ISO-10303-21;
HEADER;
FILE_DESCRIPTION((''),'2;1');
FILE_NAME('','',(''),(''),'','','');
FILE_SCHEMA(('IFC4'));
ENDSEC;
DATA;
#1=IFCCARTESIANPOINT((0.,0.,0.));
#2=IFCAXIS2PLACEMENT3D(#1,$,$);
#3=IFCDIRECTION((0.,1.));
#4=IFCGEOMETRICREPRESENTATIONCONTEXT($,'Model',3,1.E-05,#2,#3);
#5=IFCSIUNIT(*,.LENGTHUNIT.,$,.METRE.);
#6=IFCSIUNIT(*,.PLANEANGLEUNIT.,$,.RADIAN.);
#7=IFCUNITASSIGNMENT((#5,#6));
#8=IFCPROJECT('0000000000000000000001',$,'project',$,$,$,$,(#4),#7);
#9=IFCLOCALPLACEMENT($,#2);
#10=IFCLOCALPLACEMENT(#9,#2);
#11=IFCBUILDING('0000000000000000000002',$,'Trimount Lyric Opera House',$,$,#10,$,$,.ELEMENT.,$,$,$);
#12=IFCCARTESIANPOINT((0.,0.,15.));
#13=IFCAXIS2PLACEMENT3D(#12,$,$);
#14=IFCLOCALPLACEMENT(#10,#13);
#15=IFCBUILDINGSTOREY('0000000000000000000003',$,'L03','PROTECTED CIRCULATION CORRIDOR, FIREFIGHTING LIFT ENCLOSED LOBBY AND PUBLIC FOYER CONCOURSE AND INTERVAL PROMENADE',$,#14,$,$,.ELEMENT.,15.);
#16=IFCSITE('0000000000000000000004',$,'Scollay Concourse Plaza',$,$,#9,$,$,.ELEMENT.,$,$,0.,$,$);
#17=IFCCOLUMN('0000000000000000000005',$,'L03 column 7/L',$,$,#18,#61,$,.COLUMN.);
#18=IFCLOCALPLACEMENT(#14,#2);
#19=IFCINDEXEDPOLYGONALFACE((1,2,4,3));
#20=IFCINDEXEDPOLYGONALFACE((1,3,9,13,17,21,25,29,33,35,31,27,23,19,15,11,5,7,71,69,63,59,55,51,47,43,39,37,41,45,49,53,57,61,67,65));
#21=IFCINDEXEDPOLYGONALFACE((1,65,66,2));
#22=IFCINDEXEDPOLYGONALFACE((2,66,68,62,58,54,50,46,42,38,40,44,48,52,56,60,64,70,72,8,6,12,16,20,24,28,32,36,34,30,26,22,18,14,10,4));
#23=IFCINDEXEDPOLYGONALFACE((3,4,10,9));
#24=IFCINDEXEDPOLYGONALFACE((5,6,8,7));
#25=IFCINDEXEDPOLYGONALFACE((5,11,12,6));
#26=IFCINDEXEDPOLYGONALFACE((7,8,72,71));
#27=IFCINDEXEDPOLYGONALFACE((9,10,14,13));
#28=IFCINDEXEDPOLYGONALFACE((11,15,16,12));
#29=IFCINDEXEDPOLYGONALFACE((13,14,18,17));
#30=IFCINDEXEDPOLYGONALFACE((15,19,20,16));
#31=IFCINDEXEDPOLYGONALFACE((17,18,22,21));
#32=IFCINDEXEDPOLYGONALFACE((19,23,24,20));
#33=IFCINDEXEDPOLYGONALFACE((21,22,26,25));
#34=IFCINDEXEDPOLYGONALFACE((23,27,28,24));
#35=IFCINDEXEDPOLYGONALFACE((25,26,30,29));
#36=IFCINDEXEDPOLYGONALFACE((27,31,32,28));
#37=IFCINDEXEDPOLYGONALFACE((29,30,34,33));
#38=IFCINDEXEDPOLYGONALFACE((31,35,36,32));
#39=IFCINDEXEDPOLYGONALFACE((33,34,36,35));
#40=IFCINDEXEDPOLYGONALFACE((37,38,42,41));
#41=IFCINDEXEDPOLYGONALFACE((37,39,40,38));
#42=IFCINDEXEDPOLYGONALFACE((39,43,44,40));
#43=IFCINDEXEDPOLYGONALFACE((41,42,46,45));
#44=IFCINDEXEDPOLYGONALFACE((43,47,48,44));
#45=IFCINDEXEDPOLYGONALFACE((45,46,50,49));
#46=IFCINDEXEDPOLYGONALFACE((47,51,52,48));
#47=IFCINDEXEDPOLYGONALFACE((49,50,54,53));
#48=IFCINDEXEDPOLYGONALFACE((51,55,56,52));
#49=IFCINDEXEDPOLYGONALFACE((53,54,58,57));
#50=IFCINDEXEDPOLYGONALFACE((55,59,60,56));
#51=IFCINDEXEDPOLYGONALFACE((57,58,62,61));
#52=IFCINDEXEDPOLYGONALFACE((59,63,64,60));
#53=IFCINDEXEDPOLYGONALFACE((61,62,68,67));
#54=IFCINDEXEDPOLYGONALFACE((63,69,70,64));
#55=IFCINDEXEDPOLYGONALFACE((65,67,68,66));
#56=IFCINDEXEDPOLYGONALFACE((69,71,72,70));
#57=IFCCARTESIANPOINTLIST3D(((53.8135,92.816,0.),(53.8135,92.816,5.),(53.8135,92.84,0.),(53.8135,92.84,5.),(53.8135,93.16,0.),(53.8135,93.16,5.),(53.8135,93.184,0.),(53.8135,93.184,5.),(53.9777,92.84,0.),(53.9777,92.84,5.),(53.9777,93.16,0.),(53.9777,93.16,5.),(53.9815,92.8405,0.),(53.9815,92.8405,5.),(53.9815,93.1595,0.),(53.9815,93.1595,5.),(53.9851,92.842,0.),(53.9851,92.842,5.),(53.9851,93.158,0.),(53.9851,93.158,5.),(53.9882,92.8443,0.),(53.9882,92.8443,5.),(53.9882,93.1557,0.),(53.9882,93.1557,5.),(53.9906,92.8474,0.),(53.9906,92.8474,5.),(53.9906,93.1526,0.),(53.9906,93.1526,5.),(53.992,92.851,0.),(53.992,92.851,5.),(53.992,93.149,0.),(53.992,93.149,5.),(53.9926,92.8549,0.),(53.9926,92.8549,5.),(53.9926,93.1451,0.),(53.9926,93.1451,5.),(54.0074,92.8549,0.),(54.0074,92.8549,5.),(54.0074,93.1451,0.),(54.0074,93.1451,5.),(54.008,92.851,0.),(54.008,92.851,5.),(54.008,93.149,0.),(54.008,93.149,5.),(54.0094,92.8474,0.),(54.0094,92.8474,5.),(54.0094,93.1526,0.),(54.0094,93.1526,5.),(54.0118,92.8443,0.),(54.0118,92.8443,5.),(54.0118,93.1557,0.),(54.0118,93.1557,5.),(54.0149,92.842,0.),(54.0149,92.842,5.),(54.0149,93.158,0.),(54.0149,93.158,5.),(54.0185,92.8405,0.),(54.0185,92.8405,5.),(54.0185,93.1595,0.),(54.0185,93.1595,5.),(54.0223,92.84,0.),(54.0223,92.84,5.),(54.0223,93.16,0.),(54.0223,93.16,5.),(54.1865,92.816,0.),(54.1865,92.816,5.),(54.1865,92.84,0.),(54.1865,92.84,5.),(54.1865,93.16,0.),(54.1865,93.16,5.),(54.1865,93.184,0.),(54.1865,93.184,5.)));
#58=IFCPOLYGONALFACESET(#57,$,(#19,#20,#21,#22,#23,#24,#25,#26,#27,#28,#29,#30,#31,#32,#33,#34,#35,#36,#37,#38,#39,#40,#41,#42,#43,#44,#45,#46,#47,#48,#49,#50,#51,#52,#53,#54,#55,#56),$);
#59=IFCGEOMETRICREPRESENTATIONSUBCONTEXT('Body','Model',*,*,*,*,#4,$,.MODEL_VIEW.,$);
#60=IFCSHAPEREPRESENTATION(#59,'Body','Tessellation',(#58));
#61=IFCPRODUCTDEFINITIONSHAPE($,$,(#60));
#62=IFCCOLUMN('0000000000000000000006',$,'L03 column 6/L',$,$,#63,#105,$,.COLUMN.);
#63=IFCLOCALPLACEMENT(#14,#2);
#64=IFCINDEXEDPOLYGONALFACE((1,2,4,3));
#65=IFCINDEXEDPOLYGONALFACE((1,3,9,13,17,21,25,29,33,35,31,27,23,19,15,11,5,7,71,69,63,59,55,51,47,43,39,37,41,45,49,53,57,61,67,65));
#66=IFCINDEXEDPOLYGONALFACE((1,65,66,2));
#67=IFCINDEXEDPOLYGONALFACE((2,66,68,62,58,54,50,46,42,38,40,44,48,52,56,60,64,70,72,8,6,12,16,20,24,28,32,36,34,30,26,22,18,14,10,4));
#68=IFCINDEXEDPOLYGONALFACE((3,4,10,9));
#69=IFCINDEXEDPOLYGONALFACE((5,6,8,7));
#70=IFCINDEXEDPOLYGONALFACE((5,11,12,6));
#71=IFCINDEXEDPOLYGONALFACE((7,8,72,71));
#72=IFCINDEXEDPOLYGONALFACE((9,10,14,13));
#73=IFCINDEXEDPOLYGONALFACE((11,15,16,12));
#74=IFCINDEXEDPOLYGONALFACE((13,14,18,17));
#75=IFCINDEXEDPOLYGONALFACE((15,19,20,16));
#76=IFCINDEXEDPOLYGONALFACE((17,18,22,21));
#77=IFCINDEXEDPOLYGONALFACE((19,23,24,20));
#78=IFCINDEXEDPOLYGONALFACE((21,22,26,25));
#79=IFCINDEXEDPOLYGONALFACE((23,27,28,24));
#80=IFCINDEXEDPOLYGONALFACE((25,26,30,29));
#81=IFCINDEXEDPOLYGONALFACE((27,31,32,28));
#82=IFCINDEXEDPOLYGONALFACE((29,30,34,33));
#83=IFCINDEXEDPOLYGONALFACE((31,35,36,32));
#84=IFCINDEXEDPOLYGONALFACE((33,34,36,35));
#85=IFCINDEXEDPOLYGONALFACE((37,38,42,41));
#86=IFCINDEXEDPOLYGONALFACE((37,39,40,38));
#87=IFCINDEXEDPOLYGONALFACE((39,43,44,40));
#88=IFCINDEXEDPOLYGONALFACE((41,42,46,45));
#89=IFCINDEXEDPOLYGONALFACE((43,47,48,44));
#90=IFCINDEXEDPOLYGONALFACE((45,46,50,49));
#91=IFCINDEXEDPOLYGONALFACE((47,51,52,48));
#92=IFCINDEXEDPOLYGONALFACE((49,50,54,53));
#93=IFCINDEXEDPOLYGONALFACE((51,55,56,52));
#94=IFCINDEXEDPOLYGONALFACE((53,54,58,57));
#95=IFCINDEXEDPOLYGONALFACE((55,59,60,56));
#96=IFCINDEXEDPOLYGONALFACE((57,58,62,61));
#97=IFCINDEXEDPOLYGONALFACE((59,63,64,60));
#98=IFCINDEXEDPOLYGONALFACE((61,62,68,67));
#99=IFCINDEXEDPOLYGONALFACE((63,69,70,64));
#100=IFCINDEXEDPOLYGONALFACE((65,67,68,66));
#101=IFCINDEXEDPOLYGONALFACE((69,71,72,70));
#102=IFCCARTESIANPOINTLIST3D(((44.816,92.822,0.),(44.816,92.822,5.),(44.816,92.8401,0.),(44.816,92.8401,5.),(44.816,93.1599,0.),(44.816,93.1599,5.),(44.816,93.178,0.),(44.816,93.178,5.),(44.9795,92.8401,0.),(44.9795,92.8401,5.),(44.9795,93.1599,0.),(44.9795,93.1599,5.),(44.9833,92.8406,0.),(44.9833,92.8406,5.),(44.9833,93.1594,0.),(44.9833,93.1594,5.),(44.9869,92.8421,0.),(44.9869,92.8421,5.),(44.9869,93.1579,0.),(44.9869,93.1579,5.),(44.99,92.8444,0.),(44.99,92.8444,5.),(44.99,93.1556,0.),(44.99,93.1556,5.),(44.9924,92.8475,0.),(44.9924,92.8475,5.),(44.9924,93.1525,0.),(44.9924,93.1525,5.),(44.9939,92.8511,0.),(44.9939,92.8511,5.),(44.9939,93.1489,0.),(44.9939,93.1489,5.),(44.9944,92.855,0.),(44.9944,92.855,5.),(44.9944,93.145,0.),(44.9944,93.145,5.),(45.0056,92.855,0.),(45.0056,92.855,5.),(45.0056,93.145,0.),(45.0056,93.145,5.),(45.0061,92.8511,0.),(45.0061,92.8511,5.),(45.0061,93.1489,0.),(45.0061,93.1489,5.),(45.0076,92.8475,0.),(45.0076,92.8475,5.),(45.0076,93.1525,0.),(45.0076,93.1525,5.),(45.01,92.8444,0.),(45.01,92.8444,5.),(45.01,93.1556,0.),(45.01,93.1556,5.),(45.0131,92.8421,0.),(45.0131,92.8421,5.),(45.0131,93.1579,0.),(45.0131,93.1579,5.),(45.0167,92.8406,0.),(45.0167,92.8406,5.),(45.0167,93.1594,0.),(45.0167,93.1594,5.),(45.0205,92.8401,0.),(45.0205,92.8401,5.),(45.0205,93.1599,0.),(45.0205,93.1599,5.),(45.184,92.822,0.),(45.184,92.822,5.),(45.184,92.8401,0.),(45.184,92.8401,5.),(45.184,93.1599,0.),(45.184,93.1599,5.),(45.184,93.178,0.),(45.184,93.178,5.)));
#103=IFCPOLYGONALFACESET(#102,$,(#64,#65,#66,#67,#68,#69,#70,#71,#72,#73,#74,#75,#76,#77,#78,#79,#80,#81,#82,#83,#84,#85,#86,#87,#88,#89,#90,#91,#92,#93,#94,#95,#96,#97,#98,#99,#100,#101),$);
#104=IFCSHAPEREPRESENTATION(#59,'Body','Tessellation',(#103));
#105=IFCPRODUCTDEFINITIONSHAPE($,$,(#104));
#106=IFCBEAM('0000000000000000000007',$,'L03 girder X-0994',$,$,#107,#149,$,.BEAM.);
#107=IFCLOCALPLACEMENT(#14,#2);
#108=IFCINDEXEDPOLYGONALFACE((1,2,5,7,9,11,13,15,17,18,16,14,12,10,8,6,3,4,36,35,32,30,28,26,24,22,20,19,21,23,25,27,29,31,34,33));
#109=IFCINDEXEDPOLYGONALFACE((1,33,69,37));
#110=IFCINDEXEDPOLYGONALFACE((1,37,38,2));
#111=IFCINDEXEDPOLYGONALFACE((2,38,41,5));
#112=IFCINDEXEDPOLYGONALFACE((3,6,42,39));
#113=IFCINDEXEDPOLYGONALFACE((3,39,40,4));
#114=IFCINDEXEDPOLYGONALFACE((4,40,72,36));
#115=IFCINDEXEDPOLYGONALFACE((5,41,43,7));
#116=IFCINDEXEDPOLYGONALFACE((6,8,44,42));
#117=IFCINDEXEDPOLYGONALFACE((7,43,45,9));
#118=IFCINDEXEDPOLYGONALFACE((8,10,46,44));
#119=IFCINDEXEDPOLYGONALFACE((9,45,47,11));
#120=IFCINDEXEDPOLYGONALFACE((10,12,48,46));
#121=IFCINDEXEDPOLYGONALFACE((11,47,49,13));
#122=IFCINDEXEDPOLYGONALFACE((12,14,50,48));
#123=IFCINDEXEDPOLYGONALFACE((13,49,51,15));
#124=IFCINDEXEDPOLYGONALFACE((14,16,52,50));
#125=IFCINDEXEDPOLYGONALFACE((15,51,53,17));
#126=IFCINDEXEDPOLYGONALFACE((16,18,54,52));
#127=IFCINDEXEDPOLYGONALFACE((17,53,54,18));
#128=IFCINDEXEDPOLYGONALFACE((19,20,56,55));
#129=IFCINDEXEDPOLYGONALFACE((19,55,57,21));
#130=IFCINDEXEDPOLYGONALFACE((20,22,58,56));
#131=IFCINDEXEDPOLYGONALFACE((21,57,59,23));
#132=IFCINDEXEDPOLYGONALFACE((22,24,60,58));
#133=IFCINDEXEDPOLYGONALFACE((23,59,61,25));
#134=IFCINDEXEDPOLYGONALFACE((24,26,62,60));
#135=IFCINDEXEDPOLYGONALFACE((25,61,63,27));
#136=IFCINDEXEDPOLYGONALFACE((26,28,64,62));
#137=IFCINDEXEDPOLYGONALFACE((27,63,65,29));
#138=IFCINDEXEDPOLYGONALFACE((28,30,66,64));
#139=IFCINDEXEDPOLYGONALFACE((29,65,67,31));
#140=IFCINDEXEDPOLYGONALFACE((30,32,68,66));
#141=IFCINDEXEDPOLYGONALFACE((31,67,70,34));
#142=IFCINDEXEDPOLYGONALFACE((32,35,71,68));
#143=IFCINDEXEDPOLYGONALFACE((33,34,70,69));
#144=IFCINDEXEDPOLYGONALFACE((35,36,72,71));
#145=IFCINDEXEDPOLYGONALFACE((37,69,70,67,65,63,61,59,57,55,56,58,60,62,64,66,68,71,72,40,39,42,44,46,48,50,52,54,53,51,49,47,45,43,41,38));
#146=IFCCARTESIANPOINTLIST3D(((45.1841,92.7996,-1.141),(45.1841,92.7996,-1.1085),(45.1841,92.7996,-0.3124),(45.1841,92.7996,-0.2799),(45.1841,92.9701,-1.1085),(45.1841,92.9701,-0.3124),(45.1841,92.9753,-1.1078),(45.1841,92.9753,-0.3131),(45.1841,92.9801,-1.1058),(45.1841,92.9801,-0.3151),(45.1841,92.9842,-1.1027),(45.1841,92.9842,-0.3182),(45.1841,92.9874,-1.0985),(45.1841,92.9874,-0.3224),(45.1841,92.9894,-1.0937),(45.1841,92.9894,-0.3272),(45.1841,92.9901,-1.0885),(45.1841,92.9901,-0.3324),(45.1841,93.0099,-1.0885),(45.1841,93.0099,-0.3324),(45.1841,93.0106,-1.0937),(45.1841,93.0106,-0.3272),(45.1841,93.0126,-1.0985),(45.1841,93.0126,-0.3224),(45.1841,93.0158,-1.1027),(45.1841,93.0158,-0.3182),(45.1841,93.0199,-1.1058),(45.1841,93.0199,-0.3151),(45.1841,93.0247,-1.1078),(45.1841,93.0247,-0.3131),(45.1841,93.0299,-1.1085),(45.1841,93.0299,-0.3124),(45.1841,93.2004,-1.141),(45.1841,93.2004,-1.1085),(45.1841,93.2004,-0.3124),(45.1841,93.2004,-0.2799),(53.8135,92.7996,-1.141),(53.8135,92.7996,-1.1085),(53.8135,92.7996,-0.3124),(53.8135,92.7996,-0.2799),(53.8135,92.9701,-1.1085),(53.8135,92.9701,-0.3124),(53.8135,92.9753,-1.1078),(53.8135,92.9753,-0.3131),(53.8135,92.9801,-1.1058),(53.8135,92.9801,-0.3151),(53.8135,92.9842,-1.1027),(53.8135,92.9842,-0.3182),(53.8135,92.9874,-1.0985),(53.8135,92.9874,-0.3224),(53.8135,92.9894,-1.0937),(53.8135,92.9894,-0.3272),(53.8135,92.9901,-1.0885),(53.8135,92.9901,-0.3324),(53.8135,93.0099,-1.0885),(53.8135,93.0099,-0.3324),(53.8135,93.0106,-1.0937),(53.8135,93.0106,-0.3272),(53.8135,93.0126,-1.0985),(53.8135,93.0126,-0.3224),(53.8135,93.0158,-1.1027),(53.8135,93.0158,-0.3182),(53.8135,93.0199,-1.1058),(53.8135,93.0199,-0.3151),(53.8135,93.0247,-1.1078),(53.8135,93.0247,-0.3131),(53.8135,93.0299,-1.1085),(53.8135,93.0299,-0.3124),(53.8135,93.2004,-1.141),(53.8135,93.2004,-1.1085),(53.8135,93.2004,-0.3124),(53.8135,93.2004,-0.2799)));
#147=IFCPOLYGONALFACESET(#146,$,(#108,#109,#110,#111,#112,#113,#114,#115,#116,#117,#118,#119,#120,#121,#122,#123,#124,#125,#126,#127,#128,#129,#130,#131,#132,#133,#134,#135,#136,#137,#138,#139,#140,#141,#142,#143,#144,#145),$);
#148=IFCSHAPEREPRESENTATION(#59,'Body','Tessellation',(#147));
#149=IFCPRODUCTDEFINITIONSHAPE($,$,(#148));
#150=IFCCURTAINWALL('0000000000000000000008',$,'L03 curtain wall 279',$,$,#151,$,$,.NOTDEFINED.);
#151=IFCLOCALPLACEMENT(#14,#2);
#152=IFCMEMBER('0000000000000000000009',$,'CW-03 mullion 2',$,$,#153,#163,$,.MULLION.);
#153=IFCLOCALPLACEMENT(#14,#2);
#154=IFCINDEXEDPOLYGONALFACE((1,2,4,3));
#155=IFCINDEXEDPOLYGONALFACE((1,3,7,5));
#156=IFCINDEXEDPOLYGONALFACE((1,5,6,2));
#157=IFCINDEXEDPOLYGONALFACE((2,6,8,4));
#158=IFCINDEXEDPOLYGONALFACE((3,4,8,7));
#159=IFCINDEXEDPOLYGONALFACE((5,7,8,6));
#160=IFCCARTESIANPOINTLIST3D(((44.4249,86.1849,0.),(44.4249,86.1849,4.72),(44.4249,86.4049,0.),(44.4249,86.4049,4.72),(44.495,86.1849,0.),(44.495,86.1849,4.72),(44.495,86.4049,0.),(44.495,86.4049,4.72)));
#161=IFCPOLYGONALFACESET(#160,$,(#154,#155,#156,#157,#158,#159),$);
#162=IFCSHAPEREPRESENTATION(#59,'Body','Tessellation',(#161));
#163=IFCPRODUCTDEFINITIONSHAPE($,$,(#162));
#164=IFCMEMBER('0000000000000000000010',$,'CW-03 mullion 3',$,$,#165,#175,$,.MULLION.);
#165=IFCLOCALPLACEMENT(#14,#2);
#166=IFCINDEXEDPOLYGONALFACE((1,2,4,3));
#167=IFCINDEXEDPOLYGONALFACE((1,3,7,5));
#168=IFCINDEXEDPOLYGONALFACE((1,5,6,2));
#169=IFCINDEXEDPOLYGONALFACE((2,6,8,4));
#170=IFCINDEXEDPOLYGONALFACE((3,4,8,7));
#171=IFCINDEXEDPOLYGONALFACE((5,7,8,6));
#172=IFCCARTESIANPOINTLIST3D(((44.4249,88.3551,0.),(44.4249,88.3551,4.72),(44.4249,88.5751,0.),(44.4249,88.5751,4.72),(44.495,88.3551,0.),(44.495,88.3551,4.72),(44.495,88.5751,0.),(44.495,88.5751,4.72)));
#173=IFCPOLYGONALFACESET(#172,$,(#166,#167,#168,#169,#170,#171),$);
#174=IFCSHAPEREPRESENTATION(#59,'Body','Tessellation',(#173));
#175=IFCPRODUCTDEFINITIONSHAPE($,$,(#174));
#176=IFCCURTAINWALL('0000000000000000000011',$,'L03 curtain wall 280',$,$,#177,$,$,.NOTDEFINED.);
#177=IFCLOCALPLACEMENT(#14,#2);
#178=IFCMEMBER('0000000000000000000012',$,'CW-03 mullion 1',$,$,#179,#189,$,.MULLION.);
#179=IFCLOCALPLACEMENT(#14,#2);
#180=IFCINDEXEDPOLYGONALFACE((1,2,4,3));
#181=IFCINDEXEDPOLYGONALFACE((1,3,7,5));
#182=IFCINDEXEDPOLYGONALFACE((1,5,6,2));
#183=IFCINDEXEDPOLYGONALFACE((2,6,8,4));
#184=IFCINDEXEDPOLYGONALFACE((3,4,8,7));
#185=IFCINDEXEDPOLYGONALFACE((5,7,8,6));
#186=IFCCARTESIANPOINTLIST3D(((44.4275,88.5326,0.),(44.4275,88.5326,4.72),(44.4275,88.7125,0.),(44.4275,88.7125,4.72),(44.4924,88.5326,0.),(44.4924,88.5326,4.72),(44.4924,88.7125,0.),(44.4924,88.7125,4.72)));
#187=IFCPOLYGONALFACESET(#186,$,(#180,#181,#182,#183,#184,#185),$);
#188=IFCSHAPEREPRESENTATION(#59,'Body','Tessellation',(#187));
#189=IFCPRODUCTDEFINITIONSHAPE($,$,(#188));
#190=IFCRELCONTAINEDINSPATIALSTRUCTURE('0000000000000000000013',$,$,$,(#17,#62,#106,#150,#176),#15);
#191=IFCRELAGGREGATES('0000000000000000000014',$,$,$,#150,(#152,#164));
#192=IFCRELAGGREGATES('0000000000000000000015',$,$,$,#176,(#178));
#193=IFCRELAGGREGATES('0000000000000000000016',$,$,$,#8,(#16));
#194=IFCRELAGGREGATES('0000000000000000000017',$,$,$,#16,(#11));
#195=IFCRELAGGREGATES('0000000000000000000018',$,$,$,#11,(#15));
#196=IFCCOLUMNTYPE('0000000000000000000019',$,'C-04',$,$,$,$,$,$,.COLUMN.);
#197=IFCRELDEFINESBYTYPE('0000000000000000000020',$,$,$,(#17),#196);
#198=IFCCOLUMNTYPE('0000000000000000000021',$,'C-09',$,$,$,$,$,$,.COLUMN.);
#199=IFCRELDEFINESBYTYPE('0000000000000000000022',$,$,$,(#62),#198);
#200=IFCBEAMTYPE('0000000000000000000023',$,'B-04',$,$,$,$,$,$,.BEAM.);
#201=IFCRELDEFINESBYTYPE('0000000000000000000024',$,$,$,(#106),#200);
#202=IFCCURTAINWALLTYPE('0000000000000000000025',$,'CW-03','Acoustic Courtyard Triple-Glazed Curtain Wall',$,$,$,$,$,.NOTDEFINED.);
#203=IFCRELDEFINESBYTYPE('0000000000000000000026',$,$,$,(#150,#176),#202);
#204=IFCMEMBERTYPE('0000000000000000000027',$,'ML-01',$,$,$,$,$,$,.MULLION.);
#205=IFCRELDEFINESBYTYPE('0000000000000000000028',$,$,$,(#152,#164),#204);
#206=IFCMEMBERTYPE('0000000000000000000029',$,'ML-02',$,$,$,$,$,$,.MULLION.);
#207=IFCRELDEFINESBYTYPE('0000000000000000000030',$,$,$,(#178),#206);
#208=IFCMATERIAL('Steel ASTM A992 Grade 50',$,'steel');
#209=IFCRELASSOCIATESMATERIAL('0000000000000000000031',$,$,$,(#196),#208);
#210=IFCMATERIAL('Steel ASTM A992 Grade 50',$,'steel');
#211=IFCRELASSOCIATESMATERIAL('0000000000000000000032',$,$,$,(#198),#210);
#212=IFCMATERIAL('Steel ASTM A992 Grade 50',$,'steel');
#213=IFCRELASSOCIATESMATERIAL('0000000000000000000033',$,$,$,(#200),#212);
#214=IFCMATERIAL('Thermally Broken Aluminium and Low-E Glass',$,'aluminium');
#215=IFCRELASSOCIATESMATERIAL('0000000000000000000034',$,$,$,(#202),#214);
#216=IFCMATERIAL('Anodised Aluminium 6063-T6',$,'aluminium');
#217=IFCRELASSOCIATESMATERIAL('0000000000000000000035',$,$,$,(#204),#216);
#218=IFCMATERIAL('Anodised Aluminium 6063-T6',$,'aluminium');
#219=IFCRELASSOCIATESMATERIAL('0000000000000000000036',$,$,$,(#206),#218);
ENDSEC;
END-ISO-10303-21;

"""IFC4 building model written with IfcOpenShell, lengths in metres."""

from ifc_helpers import new_model, si_unit, direction, frame, origin, origin_2d, place, context, subcontext, project, spatial, rectangle, i_section, extrude, material, material_profile, profile_set, type_object, element, aggregate, save


model = new_model("IFC4")

# Units and contexts
model_context = context("Model", 3, precision=1e-05, world=origin(), true_north=direction((0.0, 1.0)))
body_context = subcontext(model_context, "Body", "Model", "MODEL_VIEW")
ifc_project = project(units=[si_unit("LENGTHUNIT", "METRE"), si_unit("PLANEANGLEUNIT", "RADIAN")], contexts=[model_context])

# Site, building, storey
site_placement = place(None, origin())
site = spatial("IfcSite", under=ifc_project, at=site_placement, Name="Scollay Concourse Plaza", CompositionType="ELEMENT", RefElevation=0.0)
building_placement = place(site_placement, origin())
building = spatial("IfcBuilding", under=site, at=building_placement, Name="Trimount Lyric Opera House", CompositionType="ELEMENT")
storey_placement = place(building_placement, frame((0.0, 0.0, 15.0)))
storey = spatial("IfcBuildingStorey", under=building, at=storey_placement, Name="L03", Description="PROTECTED CIRCULATION CORRIDOR, FIREFIGHTING LIFT ENCLOSED LOBBY AND PUBLIC FOYER CONCOURSE AND INTERVAL PROMENADE", CompositionType="ELEMENT", Elevation=15.0)

# Columns
ifc_material_1 = material(Name="Steel ASTM A992 Grade 50", Category="steel")
ifc_material_profile_1 = material_profile(ifc_material_1, i_section(OverallWidth=0.373, OverallDepth=0.3679, WebThickness=0.0149, FlangeThickness=0.0239, FilletRadius=0.0149, at=origin_2d()), Name="W14X120")
ifc_profile_set_1 = profile_set([ifc_material_profile_1], Name="Steel ASTM A992 Grade 50")
column_type_1 = type_object("IfcColumnType", Name="C-04", PredefinedType="COLUMN", material=ifc_profile_set_1)
column_1_placement = place(storey_placement, frame((54.0, 93.0, 0.0), z_axis=(0.0, 0.0, 1.0), x_axis=(1.0, 0.0, 0.0)))
element("IfcColumn", 1, at=column_1_placement, inside=storey, type_object=column_type_1, Name="L03 column 7/L", PredefinedType="COLUMN", context=body_context, shape_type="SweptSolid", body=[
    extrude(i_section(OverallWidth=0.373, OverallDepth=0.3679, WebThickness=0.0149, FlangeThickness=0.0239, FilletRadius=0.0149, at=origin_2d()), origin(), (0.0, 0.0, 1.0), 5.0),
])
ifc_material_2 = material(Name="Steel ASTM A992 Grade 50", Category="steel")
ifc_material_profile_2 = material_profile(ifc_material_2, i_section(OverallWidth=0.3679, OverallDepth=0.356, WebThickness=0.0112, FlangeThickness=0.0181, FilletRadius=0.0149, at=origin_2d()), Name="W14X90")
ifc_profile_set_2 = profile_set([ifc_material_profile_2], Name="Steel ASTM A992 Grade 50")
column_type_2 = type_object("IfcColumnType", Name="C-09", PredefinedType="COLUMN", material=ifc_profile_set_2)
column_2_placement = place(storey_placement, frame((45.0, 93.0, 0.0), z_axis=(0.0, 0.0, 1.0), x_axis=(1.0, 0.0, 0.0)))
element("IfcColumn", 2, at=column_2_placement, inside=storey, type_object=column_type_2, Name="L03 column 6/L", PredefinedType="COLUMN", context=body_context, shape_type="SweptSolid", body=[
    extrude(i_section(OverallWidth=0.3679, OverallDepth=0.356, WebThickness=0.0112, FlangeThickness=0.0181, FilletRadius=0.0149, at=origin_2d()), origin(), (0.0, 0.0, 1.0), 5.0),
])

# Beam
ifc_material_3 = material(Name="Steel ASTM A992 Grade 50", Category="steel")
ifc_material_profile_3 = material_profile(ifc_material_3, i_section(OverallWidth=0.4009, OverallDepth=0.8611, WebThickness=0.0198, FlangeThickness=0.0325, FilletRadius=0.02, at=origin_2d()), Name="W33X221")
ifc_profile_set_3 = profile_set([ifc_material_profile_3], Name="Steel ASTM A992 Grade 50")
beam_type = type_object("IfcBeamType", Name="B-04", PredefinedType="BEAM", material=ifc_profile_set_3)
beam_placement = place(storey_placement, frame((45.1841, 93.0, -0.7104), z_axis=(1.0, 0.0, 0.0), x_axis=(0.0, 1.0, 0.0)))
element("IfcBeam", 3, at=beam_placement, inside=storey, type_object=beam_type, Name="L03 girder X-0994", PredefinedType="BEAM", context=body_context, shape_type="SweptSolid", body=[
    extrude(i_section(OverallWidth=0.4009, OverallDepth=0.8611, WebThickness=0.0198, FlangeThickness=0.0325, FilletRadius=0.02, at=origin_2d()), origin(), (0.0, 0.0, 1.0), 8.6294),
])

# Curtain walls, members
ifc_material_4 = material(Name="Thermally Broken Aluminium and Low-E Glass", Category="aluminium")
curtain_wall_type = type_object("IfcCurtainWallType", Name="CW-03", Description="Acoustic Courtyard Triple-Glazed Curtain Wall", PredefinedType="NOTDEFINED", material=ifc_material_4)
curtain_wall_1_placement = place(storey_placement, origin())
curtain_wall_1 = element("IfcCurtainWall", 4, at=curtain_wall_1_placement, inside=storey, type_object=curtain_wall_type, Name="L03 curtain wall 279", PredefinedType="NOTDEFINED")
ifc_material_5 = material(Name="Anodised Aluminium 6063-T6", Category="aluminium")
ifc_material_profile_4 = material_profile(ifc_material_5, rectangle(XDim=0.0701, YDim=0.22, at=origin_2d()), Name="ALU-MULL-70X220")
ifc_profile_set_4 = profile_set([ifc_material_profile_4], Name="Anodised Aluminium 6063-T6")
member_type_1 = type_object("IfcMemberType", Name="ML-01", PredefinedType="MULLION", material=ifc_profile_set_4)
member_1_placement = place(storey_placement, frame((44.46, 86.2949, 0.0), z_axis=(0.0, 0.0, 1.0), x_axis=(-1.0, 0.0, 0.0)))
member_1 = element("IfcMember", 5, at=member_1_placement, type_object=member_type_1, Name="CW-03 mullion 2", PredefinedType="MULLION", context=body_context, shape_type="SweptSolid", body=[
    extrude(rectangle(XDim=0.0701, YDim=0.22, at=origin_2d()), origin(), (0.0, 0.0, 1.0), 4.72),
])
member_2_placement = place(storey_placement, frame((44.46, 88.4651, 0.0), z_axis=(0.0, 0.0, 1.0), x_axis=(-1.0, 0.0, 0.0)))
member_2 = element("IfcMember", 6, at=member_2_placement, type_object=member_type_1, Name="CW-03 mullion 3", PredefinedType="MULLION", context=body_context, shape_type="SweptSolid", body=[
    extrude(rectangle(XDim=0.0701, YDim=0.22, at=origin_2d()), origin(), (0.0, 0.0, 1.0), 4.72),
])
curtain_wall_2_placement = place(storey_placement, origin())
curtain_wall_2 = element("IfcCurtainWall", 7, at=curtain_wall_2_placement, inside=storey, type_object=curtain_wall_type, Name="L03 curtain wall 280", PredefinedType="NOTDEFINED")
ifc_material_6 = material(Name="Anodised Aluminium 6063-T6", Category="aluminium")
ifc_material_profile_5 = material_profile(ifc_material_6, rectangle(XDim=0.0649, YDim=0.1799, at=origin_2d()), Name="ALU-MULL-65X180")
ifc_profile_set_5 = profile_set([ifc_material_profile_5], Name="Anodised Aluminium 6063-T6")
member_type_2 = type_object("IfcMemberType", Name="ML-02", PredefinedType="MULLION", material=ifc_profile_set_5)
member_3_placement = place(storey_placement, frame((44.46, 88.6226, 0.0), z_axis=(0.0, 0.0, 1.0), x_axis=(-1.0, 0.0, 0.0)))
member_3 = element("IfcMember", 8, at=member_3_placement, type_object=member_type_2, Name="CW-03 mullion 1", PredefinedType="MULLION", context=body_context, shape_type="SweptSolid", body=[
    extrude(rectangle(XDim=0.0649, YDim=0.1799, at=origin_2d()), origin(), (0.0, 0.0, 1.0), 4.72),
])

aggregate(curtain_wall_1, [member_1, member_2])
aggregate(curtain_wall_2, [member_3])

save(model, "model.ifc")
